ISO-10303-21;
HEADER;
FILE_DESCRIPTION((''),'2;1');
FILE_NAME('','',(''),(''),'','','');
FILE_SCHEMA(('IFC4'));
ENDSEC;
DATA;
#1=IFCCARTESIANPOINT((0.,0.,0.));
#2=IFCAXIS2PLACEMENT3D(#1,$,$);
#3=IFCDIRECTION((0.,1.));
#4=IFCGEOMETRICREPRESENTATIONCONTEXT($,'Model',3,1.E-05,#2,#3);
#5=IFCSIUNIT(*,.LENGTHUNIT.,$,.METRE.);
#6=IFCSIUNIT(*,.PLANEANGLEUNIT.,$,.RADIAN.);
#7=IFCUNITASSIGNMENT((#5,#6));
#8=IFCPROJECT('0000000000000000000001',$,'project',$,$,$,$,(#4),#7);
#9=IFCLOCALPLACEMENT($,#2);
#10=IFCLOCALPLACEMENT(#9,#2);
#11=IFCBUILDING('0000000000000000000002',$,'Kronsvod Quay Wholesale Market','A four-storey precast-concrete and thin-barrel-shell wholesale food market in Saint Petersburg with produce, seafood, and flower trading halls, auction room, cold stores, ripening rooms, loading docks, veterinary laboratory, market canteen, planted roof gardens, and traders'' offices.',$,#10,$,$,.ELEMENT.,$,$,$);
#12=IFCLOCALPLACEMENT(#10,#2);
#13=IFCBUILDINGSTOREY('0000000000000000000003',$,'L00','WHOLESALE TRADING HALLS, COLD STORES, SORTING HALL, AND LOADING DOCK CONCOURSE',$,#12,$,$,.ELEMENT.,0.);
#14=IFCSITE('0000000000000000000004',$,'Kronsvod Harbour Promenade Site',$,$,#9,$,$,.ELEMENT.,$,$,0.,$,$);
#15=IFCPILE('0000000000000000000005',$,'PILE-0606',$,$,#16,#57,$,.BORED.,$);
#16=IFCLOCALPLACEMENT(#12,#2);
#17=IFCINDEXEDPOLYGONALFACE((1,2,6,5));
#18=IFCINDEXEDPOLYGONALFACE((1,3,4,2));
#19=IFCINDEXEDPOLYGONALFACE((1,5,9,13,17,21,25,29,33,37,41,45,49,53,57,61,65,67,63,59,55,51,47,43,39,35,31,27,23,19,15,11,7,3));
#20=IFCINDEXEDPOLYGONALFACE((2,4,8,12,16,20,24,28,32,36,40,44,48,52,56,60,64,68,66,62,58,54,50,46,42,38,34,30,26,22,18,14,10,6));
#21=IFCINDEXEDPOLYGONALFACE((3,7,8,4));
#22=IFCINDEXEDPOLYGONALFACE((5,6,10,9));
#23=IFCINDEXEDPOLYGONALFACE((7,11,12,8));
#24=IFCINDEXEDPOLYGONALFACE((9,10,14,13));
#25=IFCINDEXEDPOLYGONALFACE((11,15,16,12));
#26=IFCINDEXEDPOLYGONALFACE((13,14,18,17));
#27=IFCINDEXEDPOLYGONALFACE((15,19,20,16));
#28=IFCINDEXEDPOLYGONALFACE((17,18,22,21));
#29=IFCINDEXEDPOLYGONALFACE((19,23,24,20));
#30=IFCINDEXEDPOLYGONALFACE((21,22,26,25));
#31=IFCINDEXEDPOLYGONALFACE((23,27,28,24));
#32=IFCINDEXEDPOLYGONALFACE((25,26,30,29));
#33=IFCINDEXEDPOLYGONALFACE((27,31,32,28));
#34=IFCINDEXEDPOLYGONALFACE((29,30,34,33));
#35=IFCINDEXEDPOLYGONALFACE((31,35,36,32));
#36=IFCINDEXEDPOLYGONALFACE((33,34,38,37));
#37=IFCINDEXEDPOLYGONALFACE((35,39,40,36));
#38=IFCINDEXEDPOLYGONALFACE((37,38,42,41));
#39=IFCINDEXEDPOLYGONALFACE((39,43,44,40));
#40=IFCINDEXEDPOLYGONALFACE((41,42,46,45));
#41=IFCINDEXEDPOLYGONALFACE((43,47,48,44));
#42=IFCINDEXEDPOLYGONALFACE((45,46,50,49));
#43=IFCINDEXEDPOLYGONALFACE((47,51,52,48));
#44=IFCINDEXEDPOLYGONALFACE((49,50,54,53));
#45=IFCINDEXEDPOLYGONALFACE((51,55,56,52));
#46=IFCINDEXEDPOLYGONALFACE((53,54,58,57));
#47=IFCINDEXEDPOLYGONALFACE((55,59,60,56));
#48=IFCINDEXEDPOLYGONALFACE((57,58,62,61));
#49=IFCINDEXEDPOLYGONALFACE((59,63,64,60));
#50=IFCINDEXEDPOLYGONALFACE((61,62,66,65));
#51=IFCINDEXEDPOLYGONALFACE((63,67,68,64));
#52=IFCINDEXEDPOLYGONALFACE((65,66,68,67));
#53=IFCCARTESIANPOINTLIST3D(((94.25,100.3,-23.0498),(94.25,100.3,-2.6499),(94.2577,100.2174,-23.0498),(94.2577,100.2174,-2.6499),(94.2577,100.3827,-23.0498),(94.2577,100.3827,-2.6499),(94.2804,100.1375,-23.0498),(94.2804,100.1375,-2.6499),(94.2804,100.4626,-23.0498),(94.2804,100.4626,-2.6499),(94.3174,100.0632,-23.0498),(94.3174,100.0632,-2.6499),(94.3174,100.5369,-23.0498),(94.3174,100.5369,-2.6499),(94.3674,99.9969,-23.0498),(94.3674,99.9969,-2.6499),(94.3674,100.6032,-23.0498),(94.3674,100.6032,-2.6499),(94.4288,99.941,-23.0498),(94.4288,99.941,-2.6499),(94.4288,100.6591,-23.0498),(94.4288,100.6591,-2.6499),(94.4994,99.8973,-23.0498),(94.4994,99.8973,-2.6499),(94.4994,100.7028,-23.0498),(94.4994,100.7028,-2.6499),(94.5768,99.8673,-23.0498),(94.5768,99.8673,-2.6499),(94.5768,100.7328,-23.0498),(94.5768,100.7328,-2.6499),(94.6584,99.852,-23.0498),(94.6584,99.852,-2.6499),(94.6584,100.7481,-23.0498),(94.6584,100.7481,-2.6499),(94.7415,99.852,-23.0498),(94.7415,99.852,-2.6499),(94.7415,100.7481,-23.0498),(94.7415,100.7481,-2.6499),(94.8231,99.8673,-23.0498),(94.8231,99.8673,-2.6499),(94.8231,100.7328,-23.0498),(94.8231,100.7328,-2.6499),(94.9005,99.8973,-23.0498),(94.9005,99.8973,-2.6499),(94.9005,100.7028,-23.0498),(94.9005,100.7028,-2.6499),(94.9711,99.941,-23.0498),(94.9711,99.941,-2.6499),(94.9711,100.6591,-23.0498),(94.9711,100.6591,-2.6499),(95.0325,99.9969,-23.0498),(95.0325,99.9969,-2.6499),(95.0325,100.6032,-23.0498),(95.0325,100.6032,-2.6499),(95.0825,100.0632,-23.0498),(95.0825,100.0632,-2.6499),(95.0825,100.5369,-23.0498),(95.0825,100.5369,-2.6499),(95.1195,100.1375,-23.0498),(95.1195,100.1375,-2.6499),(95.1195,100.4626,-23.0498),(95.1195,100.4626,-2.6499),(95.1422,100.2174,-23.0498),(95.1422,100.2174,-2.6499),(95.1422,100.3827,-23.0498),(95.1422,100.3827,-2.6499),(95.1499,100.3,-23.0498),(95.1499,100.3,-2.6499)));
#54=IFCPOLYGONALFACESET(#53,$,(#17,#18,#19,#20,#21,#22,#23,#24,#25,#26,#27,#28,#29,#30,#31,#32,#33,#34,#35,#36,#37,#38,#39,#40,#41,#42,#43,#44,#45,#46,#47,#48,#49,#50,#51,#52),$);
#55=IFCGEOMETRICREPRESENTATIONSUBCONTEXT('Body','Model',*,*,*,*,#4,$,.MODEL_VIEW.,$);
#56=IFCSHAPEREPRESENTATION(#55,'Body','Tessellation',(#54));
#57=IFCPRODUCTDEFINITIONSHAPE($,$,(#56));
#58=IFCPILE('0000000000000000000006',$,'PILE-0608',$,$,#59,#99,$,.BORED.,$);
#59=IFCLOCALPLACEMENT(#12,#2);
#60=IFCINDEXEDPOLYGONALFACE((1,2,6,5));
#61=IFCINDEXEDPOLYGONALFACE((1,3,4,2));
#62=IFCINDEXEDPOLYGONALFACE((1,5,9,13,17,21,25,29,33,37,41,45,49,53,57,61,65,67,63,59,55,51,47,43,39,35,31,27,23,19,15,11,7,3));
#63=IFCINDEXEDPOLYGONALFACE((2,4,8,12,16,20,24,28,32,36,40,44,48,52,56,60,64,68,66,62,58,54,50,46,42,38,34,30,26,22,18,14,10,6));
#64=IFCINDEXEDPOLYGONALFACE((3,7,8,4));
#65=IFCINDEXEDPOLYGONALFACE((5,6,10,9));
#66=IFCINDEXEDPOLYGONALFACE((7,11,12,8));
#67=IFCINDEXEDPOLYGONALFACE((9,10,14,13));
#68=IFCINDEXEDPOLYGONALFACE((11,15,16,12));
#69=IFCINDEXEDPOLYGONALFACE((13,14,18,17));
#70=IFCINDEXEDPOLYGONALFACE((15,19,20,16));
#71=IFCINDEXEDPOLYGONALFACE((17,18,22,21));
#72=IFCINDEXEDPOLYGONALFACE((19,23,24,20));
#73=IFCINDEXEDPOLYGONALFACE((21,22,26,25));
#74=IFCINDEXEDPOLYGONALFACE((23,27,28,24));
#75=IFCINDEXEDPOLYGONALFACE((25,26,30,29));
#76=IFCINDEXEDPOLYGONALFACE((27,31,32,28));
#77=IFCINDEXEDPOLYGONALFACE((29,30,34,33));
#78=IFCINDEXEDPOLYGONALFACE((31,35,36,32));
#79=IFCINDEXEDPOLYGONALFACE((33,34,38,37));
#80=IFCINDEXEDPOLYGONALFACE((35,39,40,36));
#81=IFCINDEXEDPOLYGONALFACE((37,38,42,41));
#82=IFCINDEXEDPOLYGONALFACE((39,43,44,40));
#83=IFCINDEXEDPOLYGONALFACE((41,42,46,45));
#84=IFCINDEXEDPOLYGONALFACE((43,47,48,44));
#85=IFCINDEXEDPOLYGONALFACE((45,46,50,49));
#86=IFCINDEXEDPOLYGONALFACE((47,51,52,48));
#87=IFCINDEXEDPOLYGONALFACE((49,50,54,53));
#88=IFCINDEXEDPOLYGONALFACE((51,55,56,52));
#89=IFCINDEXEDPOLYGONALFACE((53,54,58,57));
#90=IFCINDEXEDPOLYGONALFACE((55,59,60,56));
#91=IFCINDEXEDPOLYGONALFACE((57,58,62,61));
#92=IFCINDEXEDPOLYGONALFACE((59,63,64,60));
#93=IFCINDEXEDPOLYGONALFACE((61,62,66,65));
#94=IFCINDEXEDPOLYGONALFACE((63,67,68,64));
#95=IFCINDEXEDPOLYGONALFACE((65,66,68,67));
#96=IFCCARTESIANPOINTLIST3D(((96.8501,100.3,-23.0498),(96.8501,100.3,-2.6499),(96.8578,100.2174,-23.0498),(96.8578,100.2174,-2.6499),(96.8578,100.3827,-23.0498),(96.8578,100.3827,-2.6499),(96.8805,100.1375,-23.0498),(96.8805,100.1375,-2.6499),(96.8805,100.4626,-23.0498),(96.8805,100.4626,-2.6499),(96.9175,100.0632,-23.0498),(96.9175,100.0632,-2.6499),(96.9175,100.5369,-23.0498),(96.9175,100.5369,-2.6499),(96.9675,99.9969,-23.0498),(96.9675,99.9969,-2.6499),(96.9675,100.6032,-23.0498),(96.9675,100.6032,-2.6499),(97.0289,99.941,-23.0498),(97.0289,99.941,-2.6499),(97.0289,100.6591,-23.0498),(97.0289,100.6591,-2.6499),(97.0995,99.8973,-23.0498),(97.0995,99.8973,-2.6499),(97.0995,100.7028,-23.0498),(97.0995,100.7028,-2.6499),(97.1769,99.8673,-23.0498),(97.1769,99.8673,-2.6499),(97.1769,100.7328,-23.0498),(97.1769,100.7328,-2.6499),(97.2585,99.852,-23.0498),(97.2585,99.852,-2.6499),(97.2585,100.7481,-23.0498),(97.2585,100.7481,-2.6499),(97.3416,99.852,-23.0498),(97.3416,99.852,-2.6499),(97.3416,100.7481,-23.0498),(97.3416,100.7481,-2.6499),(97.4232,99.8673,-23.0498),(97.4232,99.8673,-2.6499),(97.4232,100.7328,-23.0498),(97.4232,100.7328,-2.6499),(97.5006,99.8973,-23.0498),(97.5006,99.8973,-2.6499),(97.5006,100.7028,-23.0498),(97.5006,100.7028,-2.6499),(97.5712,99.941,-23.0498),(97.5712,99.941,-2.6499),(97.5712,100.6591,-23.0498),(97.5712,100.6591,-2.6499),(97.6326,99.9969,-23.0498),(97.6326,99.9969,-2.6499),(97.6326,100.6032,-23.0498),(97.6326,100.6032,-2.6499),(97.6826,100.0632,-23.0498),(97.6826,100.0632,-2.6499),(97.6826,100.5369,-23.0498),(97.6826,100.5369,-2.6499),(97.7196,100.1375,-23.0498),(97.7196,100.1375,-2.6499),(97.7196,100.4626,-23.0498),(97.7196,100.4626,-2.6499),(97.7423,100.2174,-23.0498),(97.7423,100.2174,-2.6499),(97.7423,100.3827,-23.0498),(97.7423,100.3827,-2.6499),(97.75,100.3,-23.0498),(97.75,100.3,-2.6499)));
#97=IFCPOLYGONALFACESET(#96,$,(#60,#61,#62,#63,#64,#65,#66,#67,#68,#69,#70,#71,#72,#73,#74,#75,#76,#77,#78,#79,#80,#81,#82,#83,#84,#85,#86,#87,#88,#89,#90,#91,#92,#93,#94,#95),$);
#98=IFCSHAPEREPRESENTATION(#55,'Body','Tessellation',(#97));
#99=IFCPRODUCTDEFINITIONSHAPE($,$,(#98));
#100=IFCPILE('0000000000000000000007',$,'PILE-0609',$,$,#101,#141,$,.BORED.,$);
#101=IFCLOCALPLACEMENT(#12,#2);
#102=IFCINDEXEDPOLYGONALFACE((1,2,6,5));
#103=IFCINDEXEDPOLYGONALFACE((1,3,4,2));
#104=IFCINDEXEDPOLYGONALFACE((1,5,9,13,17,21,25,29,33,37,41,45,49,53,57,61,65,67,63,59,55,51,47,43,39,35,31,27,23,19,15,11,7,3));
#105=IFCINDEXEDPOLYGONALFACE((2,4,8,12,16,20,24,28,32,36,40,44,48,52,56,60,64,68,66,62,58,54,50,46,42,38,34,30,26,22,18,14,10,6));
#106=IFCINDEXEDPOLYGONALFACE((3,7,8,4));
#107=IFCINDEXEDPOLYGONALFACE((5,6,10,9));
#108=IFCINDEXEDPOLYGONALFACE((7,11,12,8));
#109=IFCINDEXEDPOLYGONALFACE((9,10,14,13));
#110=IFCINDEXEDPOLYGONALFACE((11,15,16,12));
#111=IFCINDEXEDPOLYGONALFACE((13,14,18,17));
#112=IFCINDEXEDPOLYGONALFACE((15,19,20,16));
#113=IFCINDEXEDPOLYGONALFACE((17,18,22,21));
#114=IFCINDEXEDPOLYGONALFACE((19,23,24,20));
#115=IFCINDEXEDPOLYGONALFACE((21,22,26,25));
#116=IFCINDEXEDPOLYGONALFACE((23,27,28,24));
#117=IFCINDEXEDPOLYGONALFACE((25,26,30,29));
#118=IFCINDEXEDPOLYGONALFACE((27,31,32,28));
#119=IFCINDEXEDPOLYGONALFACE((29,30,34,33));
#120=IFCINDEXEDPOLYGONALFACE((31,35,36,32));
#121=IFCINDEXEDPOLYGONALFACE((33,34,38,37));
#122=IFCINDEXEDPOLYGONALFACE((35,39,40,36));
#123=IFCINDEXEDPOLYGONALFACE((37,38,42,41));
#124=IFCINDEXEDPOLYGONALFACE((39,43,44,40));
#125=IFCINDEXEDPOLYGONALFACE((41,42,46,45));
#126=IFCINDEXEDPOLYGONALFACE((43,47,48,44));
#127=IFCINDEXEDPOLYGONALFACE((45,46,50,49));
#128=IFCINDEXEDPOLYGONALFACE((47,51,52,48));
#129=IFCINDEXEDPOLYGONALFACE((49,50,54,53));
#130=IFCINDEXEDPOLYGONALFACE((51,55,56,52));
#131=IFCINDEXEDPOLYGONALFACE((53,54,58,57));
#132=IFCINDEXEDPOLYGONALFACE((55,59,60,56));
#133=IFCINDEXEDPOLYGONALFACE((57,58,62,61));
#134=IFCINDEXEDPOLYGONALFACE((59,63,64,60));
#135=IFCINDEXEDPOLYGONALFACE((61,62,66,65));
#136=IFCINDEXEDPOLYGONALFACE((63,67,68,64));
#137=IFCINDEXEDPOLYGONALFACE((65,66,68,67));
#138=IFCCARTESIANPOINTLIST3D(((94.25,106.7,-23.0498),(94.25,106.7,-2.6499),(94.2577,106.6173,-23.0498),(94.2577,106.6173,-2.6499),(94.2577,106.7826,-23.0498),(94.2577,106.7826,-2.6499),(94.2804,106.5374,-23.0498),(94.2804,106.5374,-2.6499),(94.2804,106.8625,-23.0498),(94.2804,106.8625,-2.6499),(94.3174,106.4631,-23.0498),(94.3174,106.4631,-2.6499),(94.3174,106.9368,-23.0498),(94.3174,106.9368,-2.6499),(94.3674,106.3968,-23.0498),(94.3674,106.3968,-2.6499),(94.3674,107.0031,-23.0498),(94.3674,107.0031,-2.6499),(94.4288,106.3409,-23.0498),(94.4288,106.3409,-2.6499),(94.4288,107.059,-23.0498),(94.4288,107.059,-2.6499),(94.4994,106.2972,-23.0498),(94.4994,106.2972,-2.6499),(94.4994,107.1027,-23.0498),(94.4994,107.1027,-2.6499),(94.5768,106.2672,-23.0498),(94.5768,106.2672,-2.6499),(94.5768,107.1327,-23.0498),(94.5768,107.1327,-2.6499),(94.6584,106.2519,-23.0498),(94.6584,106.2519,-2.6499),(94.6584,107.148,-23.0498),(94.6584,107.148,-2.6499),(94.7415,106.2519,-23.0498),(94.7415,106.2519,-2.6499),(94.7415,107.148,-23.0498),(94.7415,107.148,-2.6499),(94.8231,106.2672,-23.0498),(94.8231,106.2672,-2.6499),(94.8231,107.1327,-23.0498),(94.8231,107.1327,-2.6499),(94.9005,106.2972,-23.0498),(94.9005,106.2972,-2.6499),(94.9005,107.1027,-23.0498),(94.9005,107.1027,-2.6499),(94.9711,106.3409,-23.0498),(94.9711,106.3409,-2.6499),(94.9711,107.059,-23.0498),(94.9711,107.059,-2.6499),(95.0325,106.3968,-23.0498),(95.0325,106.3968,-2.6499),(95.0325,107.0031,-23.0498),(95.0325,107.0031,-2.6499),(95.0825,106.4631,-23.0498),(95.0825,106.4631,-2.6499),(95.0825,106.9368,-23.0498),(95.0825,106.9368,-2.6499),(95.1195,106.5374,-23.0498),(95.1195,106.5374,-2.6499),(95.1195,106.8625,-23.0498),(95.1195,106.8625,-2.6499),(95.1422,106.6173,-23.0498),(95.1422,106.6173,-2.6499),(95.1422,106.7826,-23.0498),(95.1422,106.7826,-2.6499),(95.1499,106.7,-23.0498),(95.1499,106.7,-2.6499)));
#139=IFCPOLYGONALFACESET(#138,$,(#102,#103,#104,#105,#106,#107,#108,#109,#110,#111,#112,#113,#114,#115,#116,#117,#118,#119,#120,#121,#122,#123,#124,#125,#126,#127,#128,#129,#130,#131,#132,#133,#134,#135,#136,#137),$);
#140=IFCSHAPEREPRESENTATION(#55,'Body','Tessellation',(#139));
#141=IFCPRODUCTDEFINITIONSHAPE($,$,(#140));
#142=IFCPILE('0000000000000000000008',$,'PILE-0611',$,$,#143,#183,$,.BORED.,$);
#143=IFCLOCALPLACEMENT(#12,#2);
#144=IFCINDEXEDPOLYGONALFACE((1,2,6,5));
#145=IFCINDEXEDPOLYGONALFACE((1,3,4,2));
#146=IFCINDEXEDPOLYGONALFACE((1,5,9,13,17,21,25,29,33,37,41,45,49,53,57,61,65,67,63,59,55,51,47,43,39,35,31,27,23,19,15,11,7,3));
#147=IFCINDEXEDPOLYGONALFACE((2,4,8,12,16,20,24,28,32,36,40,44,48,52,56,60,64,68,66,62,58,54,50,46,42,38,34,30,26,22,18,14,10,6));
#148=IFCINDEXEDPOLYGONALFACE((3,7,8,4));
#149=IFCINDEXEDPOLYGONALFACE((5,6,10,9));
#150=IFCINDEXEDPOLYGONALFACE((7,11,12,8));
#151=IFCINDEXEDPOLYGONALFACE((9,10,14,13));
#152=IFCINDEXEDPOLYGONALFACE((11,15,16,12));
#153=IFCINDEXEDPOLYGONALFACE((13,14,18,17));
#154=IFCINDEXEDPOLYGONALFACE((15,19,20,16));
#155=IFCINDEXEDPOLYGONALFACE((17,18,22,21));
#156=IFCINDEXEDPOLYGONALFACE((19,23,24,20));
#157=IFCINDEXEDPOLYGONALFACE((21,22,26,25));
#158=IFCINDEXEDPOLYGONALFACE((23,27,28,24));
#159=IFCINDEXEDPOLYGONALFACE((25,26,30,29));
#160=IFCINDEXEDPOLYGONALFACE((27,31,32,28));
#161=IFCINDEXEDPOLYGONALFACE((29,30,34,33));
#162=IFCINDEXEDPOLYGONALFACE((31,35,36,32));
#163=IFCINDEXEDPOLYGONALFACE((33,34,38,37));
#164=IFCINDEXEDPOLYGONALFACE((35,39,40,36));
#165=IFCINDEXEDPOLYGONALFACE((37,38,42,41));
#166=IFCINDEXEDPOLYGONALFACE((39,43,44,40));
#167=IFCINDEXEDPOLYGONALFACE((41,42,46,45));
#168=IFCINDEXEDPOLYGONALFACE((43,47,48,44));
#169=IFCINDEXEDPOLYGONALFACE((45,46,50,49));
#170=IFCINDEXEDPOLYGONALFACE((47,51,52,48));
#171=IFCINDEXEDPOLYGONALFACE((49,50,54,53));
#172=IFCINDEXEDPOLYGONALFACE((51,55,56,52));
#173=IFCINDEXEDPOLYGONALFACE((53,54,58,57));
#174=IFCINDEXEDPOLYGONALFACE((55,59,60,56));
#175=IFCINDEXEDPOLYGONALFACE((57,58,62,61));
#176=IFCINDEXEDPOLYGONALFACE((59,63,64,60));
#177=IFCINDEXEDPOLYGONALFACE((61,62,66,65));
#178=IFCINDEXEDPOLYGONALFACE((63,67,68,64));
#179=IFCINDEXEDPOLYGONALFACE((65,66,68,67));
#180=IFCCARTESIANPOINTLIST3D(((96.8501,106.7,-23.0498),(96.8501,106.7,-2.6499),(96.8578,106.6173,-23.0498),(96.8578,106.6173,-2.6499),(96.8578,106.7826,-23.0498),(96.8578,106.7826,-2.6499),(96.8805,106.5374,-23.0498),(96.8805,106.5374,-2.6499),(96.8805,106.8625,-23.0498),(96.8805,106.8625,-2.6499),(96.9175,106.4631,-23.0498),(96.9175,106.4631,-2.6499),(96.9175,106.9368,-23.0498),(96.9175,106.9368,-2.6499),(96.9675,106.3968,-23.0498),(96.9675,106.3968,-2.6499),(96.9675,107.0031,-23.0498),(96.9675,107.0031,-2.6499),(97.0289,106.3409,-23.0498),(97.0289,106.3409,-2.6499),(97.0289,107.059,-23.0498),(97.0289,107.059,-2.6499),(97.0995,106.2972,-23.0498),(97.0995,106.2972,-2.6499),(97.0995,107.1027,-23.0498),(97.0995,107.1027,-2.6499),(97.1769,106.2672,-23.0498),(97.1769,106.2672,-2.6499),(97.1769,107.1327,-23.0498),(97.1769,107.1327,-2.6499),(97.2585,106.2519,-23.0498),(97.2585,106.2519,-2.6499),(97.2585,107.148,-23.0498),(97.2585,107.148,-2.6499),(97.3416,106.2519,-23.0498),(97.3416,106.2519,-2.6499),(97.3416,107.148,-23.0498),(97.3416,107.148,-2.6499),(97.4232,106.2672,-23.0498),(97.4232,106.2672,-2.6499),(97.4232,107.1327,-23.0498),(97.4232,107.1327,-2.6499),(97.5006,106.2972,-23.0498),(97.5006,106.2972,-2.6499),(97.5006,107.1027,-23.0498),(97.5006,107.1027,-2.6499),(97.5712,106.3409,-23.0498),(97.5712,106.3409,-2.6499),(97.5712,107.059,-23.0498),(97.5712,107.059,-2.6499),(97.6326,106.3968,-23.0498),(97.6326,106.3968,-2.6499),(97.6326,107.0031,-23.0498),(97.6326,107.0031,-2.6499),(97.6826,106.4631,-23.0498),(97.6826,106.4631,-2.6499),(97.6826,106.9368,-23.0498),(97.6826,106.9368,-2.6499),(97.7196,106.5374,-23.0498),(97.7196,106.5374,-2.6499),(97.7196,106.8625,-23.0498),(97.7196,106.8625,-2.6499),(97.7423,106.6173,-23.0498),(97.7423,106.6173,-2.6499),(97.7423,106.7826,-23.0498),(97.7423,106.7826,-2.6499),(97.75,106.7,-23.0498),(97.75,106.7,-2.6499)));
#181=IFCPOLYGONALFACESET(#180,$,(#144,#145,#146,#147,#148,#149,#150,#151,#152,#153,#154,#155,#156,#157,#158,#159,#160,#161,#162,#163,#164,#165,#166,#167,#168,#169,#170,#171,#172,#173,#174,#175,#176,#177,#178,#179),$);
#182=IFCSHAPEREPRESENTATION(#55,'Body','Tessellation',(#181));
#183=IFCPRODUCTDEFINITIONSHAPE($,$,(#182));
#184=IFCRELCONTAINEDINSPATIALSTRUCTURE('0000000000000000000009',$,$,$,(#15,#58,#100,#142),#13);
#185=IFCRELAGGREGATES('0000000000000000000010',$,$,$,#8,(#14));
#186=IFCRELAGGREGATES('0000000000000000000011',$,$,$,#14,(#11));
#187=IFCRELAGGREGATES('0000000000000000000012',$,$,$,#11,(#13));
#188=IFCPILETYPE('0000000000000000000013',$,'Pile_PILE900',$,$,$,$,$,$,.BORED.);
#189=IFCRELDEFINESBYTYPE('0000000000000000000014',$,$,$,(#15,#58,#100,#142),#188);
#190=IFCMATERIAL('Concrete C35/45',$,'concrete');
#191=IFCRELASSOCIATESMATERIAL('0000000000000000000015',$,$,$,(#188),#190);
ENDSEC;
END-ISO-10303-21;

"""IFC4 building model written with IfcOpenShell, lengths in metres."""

from ifc_helpers import new_model, si_unit, direction, frame, origin, origin_2d, place, context, subcontext, project, spatial, circle, extrude, material, material_profile, profile_set, type_object, element, save


model = new_model("IFC4")

# Units and contexts
model_context = context("Model", 3, precision=1e-05, world=origin(), true_north=direction((0.0, 1.0)))
body_context = subcontext(model_context, "Body", "Model", "MODEL_VIEW")
ifc_project = project(units=[si_unit("LENGTHUNIT", "METRE"), si_unit("PLANEANGLEUNIT", "RADIAN")], contexts=[model_context])

# Site, building, storey
site_placement = place(None, origin())
site = spatial("IfcSite", under=ifc_project, at=site_placement, Name="Kronsvod Harbour Promenade Site", CompositionType="ELEMENT", RefElevation=0.0)
building_placement = place(site_placement, origin())
building = spatial("IfcBuilding", under=site, at=building_placement, Name="Kronsvod Quay Wholesale Market", Description="A four-storey precast-concrete and thin-barrel-shell wholesale food market in Saint Petersburg with produce, seafood, and flower trading halls, auction room, cold stores, ripening rooms, loading docks, veterinary laboratory, market canteen, planted roof gardens, and traders' offices.", CompositionType="ELEMENT")
storey_placement = place(building_placement, origin())
storey = spatial("IfcBuildingStorey", under=building, at=storey_placement, Name="L00", Description="WHOLESALE TRADING HALLS, COLD STORES, SORTING HALL, AND LOADING DOCK CONCOURSE", CompositionType="ELEMENT", Elevation=0.0)

# Piles
ifc_material_1 = material(Name="Concrete C35/45", Category="concrete")
ifc_material_profile_1 = material_profile(ifc_material_1, circle(Radius=0.45, at=origin_2d()), Name="PILE900")
ifc_profile_set_1 = profile_set([ifc_material_profile_1], Name="Concrete C35/45")
pile_type = type_object("IfcPileType", Name="Pile_PILE900", PredefinedType="BORED", material=ifc_profile_set_1)
for number, where, z_axis, x_axis, name in (
    (1, (94.7, 100.3, -2.6499), (0.0, 0.0, -1.0), (1.0, 0.0, 0.0), "PILE-0606"),
    (2, (97.3, 100.3, -2.6499), (0.0, 0.0, -1.0), (1.0, 0.0, 0.0), "PILE-0608"),
    (3, (94.7, 106.7, -2.6499), (0.0, 0.0, -1.0), (1.0, 0.0, 0.0), "PILE-0609"),
    (4, (97.3, 106.7, -2.6499), (0.0, 0.0, -1.0), (1.0, 0.0, 0.0), "PILE-0611"),
):
    element("IfcPile", number, at=place(storey_placement, frame(where, z_axis=z_axis, x_axis=x_axis)), inside=storey, type_object=pile_type, Name=name, PredefinedType="BORED", context=body_context, shape_type="SweptSolid", body=[
        extrude(circle(Radius=0.45, at=origin_2d()), origin(), (0.0, 0.0, 1.0), 20.3999),
    ])

save(model, "model.ifc")
